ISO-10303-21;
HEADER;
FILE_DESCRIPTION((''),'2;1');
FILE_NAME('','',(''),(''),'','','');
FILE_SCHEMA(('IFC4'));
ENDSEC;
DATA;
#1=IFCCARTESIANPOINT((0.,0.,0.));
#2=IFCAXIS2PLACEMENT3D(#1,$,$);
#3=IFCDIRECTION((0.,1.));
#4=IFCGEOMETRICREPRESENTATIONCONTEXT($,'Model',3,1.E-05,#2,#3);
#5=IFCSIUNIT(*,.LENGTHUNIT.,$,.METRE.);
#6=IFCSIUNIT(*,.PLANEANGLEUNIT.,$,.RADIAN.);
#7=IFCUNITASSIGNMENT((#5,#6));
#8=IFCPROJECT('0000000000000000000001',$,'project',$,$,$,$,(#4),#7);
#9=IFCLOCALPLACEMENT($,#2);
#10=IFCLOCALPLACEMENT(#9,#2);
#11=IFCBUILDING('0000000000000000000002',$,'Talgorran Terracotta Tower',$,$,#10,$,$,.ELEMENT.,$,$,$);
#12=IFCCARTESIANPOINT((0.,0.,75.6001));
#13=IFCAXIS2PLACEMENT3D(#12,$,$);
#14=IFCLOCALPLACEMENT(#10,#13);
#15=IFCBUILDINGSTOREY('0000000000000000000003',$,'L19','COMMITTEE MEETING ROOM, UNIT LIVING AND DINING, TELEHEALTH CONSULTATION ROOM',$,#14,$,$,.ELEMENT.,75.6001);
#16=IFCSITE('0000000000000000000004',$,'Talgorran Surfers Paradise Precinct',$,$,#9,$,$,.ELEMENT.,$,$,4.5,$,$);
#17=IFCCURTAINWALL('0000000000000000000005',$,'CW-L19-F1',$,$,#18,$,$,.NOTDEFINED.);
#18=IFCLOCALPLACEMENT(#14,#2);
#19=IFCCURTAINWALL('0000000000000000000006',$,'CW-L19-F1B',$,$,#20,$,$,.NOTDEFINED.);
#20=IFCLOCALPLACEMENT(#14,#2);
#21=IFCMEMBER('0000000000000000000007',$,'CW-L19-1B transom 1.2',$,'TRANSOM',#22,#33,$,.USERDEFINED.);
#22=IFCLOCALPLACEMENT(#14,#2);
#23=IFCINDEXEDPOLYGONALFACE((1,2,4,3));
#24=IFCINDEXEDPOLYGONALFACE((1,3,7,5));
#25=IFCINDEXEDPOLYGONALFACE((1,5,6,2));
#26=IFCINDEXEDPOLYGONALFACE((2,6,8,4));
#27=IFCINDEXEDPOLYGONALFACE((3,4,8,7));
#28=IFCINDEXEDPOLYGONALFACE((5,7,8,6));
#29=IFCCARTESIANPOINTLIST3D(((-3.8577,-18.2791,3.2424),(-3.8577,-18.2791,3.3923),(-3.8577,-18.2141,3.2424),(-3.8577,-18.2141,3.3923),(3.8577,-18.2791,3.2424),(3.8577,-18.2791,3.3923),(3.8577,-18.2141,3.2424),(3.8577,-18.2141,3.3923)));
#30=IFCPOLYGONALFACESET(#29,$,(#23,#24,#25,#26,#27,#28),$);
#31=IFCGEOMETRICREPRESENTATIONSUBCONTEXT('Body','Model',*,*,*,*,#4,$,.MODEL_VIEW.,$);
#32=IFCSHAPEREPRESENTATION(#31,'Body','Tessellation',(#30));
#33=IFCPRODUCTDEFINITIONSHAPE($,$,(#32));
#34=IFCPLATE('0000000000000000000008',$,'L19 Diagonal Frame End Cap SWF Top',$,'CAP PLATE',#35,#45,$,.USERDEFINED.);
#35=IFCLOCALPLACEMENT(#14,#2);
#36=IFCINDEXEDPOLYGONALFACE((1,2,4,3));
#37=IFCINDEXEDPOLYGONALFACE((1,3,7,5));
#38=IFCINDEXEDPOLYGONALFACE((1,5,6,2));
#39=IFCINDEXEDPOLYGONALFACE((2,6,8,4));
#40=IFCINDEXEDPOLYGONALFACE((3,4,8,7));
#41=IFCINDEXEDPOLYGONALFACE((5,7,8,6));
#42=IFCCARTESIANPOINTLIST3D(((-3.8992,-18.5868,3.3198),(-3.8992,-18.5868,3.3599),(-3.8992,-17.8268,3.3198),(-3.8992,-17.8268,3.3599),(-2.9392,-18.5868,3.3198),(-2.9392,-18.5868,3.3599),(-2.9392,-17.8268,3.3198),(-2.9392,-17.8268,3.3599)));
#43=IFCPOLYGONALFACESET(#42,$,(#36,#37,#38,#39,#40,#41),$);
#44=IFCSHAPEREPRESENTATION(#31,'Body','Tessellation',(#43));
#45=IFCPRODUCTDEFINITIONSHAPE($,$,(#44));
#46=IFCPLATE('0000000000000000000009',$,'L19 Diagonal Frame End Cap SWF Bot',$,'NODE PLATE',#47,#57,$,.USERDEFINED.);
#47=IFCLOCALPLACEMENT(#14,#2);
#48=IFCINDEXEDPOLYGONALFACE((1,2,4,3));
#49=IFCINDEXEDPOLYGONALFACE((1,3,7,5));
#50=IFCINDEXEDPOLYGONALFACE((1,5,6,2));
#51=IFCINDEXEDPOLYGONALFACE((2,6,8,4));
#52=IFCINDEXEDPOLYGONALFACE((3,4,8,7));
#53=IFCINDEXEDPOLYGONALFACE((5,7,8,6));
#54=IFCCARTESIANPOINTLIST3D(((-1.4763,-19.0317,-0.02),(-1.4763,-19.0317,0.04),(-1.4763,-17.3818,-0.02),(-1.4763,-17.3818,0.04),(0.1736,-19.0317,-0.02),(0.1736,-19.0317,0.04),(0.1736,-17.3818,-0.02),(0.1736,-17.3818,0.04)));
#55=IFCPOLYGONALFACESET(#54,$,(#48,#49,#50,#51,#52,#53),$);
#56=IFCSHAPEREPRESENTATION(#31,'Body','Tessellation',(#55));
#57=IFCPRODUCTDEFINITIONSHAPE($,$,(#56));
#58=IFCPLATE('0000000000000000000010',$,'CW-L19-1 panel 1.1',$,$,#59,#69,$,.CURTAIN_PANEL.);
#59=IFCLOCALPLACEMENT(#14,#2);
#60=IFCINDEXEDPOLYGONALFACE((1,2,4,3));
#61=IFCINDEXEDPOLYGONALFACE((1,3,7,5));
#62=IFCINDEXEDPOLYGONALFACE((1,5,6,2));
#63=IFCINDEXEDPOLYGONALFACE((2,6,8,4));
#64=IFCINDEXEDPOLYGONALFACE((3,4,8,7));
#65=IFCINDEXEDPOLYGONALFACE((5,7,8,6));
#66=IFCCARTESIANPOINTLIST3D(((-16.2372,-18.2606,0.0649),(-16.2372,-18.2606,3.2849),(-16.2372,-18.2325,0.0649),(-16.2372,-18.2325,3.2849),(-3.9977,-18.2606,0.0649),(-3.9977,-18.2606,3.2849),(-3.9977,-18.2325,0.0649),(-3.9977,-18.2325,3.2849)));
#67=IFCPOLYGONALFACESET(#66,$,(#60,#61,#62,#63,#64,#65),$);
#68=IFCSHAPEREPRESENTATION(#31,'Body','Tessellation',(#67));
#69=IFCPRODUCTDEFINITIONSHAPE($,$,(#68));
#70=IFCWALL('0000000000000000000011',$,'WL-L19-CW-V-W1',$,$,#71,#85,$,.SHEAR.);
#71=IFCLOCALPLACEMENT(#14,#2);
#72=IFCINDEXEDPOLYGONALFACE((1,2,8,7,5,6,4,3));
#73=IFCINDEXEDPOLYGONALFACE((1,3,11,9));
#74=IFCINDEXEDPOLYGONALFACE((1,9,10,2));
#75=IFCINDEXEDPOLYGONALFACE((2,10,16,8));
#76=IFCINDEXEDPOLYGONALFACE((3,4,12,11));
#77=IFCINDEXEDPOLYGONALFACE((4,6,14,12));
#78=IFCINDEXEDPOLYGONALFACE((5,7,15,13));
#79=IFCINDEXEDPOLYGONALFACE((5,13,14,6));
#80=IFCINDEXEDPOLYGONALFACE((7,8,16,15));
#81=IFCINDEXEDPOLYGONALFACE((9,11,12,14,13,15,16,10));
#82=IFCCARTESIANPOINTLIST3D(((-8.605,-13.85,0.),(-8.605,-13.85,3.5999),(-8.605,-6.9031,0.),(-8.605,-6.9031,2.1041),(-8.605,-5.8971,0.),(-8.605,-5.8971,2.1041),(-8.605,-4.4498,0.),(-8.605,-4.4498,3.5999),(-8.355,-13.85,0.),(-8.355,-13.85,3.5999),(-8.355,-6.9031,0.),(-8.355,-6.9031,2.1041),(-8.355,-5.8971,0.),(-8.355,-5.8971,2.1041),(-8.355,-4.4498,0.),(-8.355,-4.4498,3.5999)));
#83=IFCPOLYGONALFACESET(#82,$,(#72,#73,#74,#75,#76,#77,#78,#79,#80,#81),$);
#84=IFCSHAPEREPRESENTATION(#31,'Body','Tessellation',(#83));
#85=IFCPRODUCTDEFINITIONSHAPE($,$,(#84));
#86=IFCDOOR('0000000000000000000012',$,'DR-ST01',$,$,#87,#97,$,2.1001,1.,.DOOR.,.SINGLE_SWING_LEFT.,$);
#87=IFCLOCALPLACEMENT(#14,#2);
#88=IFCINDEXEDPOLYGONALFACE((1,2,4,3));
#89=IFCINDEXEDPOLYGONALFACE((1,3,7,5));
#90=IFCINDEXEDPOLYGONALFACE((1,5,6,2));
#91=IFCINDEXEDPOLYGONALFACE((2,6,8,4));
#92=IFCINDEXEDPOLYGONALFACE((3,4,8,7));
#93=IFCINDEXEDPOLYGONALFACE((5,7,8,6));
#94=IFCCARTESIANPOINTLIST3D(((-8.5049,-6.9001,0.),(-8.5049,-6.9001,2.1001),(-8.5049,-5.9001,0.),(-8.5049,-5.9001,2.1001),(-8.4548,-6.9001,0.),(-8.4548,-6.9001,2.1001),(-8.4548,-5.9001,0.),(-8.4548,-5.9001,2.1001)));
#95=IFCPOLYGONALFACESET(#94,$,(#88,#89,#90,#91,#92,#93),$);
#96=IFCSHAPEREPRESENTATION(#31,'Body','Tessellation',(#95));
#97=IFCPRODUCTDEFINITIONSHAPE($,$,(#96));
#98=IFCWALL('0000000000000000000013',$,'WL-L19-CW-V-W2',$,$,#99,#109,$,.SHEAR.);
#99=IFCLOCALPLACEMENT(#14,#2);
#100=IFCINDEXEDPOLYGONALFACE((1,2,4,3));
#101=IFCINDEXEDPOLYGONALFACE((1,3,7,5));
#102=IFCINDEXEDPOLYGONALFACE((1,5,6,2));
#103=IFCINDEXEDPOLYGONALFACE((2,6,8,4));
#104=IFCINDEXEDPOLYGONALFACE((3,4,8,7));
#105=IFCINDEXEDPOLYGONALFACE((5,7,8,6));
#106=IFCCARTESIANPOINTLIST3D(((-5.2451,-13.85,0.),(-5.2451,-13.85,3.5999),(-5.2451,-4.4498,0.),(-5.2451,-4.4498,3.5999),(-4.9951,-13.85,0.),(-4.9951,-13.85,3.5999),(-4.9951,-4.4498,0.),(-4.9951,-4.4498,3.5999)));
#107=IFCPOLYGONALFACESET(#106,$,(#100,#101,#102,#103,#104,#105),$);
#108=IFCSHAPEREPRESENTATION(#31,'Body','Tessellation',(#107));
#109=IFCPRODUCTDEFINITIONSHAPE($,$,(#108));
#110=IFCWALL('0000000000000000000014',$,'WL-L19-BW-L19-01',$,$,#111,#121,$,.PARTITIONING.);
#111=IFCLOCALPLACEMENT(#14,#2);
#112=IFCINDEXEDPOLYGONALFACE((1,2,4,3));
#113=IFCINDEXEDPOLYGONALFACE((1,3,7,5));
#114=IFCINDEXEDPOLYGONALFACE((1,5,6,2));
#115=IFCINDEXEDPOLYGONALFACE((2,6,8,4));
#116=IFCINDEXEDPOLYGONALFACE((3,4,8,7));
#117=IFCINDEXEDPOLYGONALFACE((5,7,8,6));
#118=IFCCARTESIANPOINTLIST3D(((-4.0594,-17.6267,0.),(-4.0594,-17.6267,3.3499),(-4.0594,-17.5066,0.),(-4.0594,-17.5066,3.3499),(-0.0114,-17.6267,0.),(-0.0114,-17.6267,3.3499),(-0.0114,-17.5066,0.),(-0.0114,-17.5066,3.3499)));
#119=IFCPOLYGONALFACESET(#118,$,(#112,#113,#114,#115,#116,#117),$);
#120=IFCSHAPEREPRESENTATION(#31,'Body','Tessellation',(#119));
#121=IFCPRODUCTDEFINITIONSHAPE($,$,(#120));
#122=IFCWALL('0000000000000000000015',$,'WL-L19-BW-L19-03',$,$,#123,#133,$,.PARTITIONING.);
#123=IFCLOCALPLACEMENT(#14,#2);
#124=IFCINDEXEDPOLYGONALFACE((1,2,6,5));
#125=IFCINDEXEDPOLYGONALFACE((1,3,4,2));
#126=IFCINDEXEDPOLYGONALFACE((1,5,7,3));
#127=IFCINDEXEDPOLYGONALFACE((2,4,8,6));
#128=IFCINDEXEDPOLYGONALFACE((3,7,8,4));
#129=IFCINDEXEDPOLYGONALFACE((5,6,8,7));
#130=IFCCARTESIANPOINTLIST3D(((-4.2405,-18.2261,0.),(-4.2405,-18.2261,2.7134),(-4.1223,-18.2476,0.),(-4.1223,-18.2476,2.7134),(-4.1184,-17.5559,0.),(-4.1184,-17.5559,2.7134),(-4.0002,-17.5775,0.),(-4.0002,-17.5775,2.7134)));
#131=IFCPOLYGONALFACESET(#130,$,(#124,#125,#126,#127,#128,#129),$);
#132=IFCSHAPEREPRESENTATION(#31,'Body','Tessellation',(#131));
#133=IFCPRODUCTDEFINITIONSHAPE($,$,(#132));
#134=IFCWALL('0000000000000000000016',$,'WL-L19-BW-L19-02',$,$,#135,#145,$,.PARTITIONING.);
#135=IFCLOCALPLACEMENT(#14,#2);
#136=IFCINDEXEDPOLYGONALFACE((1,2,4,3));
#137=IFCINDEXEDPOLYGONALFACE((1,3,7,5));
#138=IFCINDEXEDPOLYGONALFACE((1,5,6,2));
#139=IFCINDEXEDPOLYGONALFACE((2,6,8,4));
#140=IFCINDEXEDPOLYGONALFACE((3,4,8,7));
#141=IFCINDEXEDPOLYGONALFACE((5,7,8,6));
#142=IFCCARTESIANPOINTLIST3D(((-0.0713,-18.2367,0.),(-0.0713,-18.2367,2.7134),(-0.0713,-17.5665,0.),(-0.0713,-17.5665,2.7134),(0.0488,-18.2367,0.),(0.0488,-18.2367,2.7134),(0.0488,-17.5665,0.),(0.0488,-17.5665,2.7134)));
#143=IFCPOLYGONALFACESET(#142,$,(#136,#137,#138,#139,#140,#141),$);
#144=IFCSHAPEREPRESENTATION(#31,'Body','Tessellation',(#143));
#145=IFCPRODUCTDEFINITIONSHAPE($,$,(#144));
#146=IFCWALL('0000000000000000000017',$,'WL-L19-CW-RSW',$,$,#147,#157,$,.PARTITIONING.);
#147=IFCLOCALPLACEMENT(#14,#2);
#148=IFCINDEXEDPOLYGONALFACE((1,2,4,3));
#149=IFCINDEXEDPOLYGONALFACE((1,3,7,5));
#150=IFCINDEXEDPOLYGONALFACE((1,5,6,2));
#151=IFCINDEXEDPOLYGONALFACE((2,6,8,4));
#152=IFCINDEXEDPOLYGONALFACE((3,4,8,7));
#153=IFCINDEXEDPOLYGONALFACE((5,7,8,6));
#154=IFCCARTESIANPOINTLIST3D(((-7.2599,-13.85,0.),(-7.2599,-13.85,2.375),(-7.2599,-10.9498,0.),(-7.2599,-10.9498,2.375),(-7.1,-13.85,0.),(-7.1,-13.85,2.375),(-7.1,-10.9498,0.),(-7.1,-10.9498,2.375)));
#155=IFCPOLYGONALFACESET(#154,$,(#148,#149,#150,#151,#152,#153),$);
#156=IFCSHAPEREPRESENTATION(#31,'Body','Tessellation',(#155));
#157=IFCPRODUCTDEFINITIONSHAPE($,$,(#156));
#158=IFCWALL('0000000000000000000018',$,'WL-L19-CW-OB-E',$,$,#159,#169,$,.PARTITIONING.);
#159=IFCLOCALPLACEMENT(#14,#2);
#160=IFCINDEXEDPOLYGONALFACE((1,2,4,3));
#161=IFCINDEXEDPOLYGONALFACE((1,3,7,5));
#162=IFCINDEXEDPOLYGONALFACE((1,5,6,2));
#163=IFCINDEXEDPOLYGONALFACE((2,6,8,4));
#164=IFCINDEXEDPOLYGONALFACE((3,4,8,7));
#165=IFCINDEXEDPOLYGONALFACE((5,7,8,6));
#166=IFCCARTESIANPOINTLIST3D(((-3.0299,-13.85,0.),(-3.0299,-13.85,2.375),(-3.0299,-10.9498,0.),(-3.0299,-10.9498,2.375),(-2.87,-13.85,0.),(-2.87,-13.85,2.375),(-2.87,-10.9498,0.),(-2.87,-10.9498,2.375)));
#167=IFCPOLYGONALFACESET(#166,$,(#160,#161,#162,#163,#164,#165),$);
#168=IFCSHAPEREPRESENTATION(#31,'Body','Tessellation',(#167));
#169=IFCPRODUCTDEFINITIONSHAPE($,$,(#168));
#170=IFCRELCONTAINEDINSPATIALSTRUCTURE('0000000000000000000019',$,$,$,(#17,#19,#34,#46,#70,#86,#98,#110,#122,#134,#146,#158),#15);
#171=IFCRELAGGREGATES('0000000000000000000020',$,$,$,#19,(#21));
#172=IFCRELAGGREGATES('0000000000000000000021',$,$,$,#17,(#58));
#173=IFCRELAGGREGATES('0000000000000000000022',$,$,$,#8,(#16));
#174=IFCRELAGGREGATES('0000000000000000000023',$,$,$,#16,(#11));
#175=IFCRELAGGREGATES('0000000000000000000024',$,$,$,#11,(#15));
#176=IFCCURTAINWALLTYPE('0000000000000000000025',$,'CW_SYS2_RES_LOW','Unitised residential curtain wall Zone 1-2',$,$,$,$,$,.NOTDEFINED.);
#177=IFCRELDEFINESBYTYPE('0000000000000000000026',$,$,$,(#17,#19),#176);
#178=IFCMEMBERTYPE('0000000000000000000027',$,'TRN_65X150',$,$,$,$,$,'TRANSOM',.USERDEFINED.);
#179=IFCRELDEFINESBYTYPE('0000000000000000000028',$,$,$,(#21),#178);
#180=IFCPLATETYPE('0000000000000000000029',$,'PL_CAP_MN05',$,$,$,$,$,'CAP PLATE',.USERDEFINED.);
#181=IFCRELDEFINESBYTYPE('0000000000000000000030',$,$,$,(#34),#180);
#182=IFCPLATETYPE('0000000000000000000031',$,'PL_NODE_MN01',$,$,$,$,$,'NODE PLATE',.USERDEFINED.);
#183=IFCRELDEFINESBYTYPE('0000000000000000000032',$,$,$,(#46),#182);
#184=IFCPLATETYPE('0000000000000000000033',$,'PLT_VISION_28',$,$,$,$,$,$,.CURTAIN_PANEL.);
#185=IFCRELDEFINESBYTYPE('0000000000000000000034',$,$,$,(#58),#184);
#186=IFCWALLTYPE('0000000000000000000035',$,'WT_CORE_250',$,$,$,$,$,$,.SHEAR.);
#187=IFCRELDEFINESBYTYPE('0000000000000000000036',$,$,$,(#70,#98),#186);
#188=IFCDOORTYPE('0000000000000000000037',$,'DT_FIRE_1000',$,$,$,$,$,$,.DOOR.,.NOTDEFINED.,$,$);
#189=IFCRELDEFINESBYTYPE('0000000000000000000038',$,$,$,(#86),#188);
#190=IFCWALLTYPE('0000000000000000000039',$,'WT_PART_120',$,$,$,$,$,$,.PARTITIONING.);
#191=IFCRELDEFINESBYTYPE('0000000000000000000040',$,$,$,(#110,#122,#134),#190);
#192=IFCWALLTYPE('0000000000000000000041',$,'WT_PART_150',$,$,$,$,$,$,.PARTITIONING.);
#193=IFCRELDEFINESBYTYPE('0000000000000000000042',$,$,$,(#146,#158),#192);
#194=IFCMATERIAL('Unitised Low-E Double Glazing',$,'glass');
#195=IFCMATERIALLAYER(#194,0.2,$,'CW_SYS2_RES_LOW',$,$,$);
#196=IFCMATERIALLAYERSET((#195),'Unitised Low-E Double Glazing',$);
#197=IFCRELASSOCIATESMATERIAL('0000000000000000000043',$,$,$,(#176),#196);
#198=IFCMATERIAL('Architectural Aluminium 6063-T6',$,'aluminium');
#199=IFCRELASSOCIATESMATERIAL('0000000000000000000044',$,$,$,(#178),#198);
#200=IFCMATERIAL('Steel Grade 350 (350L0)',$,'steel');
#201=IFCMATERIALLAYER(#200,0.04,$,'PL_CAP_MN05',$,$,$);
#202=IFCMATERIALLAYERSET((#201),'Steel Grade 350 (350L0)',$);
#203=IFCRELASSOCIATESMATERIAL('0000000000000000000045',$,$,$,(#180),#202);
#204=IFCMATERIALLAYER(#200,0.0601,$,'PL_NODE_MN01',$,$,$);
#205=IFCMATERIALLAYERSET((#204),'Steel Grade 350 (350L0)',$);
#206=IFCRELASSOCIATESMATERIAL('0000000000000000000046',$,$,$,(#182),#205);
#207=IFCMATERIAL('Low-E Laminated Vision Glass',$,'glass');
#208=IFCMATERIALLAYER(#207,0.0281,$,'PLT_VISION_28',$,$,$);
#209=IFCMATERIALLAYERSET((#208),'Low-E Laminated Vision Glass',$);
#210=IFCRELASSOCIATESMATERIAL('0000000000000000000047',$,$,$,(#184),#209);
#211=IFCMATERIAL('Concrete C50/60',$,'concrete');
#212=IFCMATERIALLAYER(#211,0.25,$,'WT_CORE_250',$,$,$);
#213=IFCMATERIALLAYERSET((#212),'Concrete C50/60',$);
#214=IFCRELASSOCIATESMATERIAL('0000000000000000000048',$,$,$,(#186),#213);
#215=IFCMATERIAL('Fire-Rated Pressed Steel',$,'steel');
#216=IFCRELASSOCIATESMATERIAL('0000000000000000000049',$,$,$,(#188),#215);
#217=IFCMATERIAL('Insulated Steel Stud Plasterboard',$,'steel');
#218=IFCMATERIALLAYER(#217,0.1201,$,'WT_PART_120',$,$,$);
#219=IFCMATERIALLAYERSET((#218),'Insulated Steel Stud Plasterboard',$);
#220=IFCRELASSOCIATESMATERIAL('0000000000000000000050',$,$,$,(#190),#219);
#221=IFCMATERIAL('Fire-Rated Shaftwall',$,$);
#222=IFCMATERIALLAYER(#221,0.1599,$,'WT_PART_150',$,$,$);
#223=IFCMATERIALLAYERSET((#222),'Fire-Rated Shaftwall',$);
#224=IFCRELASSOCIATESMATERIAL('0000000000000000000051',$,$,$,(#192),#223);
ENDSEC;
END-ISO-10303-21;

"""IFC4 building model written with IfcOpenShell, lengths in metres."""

from ifc_helpers import new_model, si_unit, direction, frame, frame_2d, origin, origin_2d, place, context, subcontext, project, spatial, rectangle, extrude, source, transform, mapped, material, layer, layer_set, material_profile, profile_set, type_object, type_shapes, element, fill, aggregate, save


model = new_model("IFC4")

# Units and contexts
model_context = context("Model", 3, precision=1e-05, world=origin(), true_north=direction((0.0, 1.0)))
body_context = subcontext(model_context, "Body", "Model", "MODEL_VIEW")
ifc_project = project(units=[si_unit("LENGTHUNIT", "METRE"), si_unit("PLANEANGLEUNIT", "RADIAN")], contexts=[model_context])

# Site, building, storey
site_placement = place(None, origin())
site = spatial("IfcSite", under=ifc_project, at=site_placement, Name="Talgorran Surfers Paradise Precinct", CompositionType="ELEMENT", RefElevation=4.5)
building_placement = place(site_placement, origin())
building = spatial("IfcBuilding", under=site, at=building_placement, Name="Talgorran Terracotta Tower", CompositionType="ELEMENT")
storey_placement = place(building_placement, frame((0.0, 0.0, 75.6001)))
storey = spatial("IfcBuildingStorey", under=building, at=storey_placement, Name="L19", Description="COMMITTEE MEETING ROOM, UNIT LIVING AND DINING, TELEHEALTH CONSULTATION ROOM", CompositionType="ELEMENT", Elevation=75.6001)

# Shared definitions
ifc_material_1 = material(Name="Steel Grade 350 (350L0)", Category="steel")

# Curtain wall
ifc_material_2 = material(Name="Unitised Low-E Double Glazing", Category="glass")
ifc_layer_1 = layer(ifc_material_2, 0.2, Name="CW_SYS2_RES_LOW")
ifc_layer_set_1 = layer_set([ifc_layer_1], Name="Unitised Low-E Double Glazing")
curtain_wall_type = type_object("IfcCurtainWallType", Name="CW_SYS2_RES_LOW", Description="Unitised residential curtain wall Zone 1-2", PredefinedType="NOTDEFINED", material=ifc_layer_set_1)
curtain_wall_1_placement = place(storey_placement, origin())
curtain_wall_1 = element("IfcCurtainWall", 1, at=curtain_wall_1_placement, inside=storey, type_object=curtain_wall_type, Name="CW-L19-F1", PredefinedType="NOTDEFINED")
ifc_material_3 = material(Name="Architectural Aluminium 6063-T6", Category="aluminium")

# Curtain wall, member
curtain_wall_2_placement = place(storey_placement, origin())
curtain_wall_2 = element("IfcCurtainWall", 2, at=curtain_wall_2_placement, inside=storey, type_object=curtain_wall_type, Name="CW-L19-F1B", PredefinedType="NOTDEFINED")
ifc_material_profile_1 = material_profile(ifc_material_3, rectangle(XDim=0.0649, YDim=0.1499, at=origin_2d()), Name="CWT65X150")
ifc_profile_set_1 = profile_set([ifc_material_profile_1], Name="Architectural Aluminium 6063-T6")
member_type_1 = type_object("IfcMemberType", Name="TRN_65X150", ElementType="TRANSOM", PredefinedType="USERDEFINED", material=ifc_profile_set_1)
member_1_placement = place(storey_placement, frame((-3.8577, -18.2466, 3.3174), z_axis=(1.0, 0.0, 0.0), x_axis=(0.0, 1.0, 0.0)))
member_1 = element("IfcMember", 3, at=member_1_placement, type_object=member_type_1, Name="CW-L19-1B transom 1.2", ObjectType="TRANSOM", PredefinedType="USERDEFINED", context=body_context, shape_type="SweptSolid", body=[
    extrude(rectangle(XDim=0.0649, YDim=0.1499, at=origin_2d()), origin(), (0.0, 0.0, 1.0), 7.7153),
])
aggregate(curtain_wall_2, [member_1])

# Plates
ifc_layer_2 = layer(ifc_material_1, 0.04, Name="PL_CAP_MN05")
ifc_layer_set_2 = layer_set([ifc_layer_2], Name="Steel Grade 350 (350L0)")
plate_type_1 = type_object("IfcPlateType", Name="PL_CAP_MN05", ElementType="CAP PLATE", PredefinedType="USERDEFINED", material=ifc_layer_set_2)
plate_1_placement = place(storey_placement, frame((-3.4192, -18.2068, 3.3198), z_axis=(0.0, 0.0, 1.0), x_axis=(-1.0, 0.0, 0.0)))
element("IfcPlate", 4, at=plate_1_placement, inside=storey, type_object=plate_type_1, Name="L19 Diagonal Frame End Cap SWF Top", ObjectType="CAP PLATE", PredefinedType="USERDEFINED", context=body_context, shape_type="SweptSolid", body=[
    extrude(rectangle(XDim=0.96, YDim=0.76, at=origin_2d()), origin(), (0.0, 0.0, 1.0), 0.04),
])
ifc_layer_3 = layer(ifc_material_1, 0.0601, Name="PL_NODE_MN01")
ifc_layer_set_3 = layer_set([ifc_layer_3], Name="Steel Grade 350 (350L0)")
plate_type_2 = type_object("IfcPlateType", Name="PL_NODE_MN01", ElementType="NODE PLATE", PredefinedType="USERDEFINED", material=ifc_layer_set_3)
plate_2_placement = place(storey_placement, frame((-0.6514, -18.2068, -0.02), z_axis=(0.0, 0.0, 1.0), x_axis=(-1.0, 0.0, 0.0)))
element("IfcPlate", 5, at=plate_2_placement, inside=storey, type_object=plate_type_2, Name="L19 Diagonal Frame End Cap SWF Bot", ObjectType="NODE PLATE", PredefinedType="USERDEFINED", context=body_context, shape_type="SweptSolid", body=[
    extrude(rectangle(XDim=1.6499, YDim=1.6499, at=origin_2d()), origin(), (0.0, 0.0, 1.0), 0.0601),
])

# Plate
ifc_material_4 = material(Name="Low-E Laminated Vision Glass", Category="glass")
ifc_layer_4 = layer(ifc_material_4, 0.0281, Name="PLT_VISION_28")
ifc_layer_set_4 = layer_set([ifc_layer_4], Name="Low-E Laminated Vision Glass")
plate_type_3 = type_object("IfcPlateType", Name="PLT_VISION_28", PredefinedType="CURTAIN_PANEL", material=ifc_layer_set_4)
shared_shape = source(origin(), body_context, "Body", "SweptSolid", [
    extrude(rectangle(XDim=12.2395, YDim=0.0281, at=origin_2d()), origin(), (0.0, 0.0, 1.0), 3.22),
])
type_shapes(plate_type_3, [shared_shape])
plate_3_placement = place(storey_placement, frame((-10.1174, -18.2466, 0.0649), z_axis=(0.0, 0.0, 1.0), x_axis=(1.0, 0.0, 0.0)))
plate_3 = element("IfcPlate", 6, at=plate_3_placement, type_object=plate_type_3, Name="CW-L19-1 panel 1.1", PredefinedType="CURTAIN_PANEL", context=body_context, shape_type="MappedRepresentation", body=[
    mapped(shared_shape, transform((0.0, 0.0, 0.0), scale=1.0)),
])
aggregate(curtain_wall_1, [plate_3])

# Wall, opening, door
ifc_material_5 = material(Name="Concrete C50/60", Category="concrete")
ifc_layer_5 = layer(ifc_material_5, 0.25, Name="WT_CORE_250")
ifc_layer_set_5 = layer_set([ifc_layer_5], Name="Concrete C50/60")
wall_type_1 = type_object("IfcWallType", Name="WT_CORE_250", PredefinedType="SHEAR", material=ifc_layer_set_5)
wall_1_placement = place(storey_placement, frame((-8.48, -13.8501, 0.0), z_axis=(0.0, 0.0, 1.0), x_axis=(0.0, 1.0, 0.0)))
wall_1 = element("IfcWall", 7, at=wall_1_placement, inside=storey, type_object=wall_type_1, Name="WL-L19-CW-V-W1", PredefinedType="SHEAR", context=body_context, shape_type="SweptSolid", body=[
    extrude(rectangle(XDim=9.4001, YDim=0.25, at=frame_2d((4.7002, 0.0))), origin(), (0.0, 0.0, 1.0), 3.5999),
])
opening_placement = place(wall_1_placement, frame((6.95, 0.0, 0.0)))
opening = element("IfcOpeningElement", 8, at=opening_placement, cuts=wall_1, PredefinedType="OPENING", context=body_context, shape_type="SweptSolid", body=[
    extrude(rectangle(XDim=1.006, YDim=2.1041, at=frame_2d((0.5, 1.052))), frame((0.0, 0.135, 0.0), z_axis=(0.0, -1.0, 0.0), x_axis=(1.0, 0.0, 0.0)), (0.0, 0.0, 1.0), 0.27),
])
ifc_material_6 = material(Name="Fire-Rated Pressed Steel", Category="steel")
door_type = type_object("IfcDoorType", Name="DT_FIRE_1000", OperationType="NOTDEFINED", PredefinedType="DOOR", material=ifc_material_6)
door_placement = place(opening_placement, origin())
door = element("IfcDoor", 9, at=door_placement, inside=storey, type_object=door_type, Name="DR-ST01", OperationType="SINGLE_SWING_LEFT", OverallHeight=2.1001, OverallWidth=1.0, PredefinedType="DOOR", context=body_context, shape_type="SweptSolid", body=[
    extrude(rectangle(XDim=1.0, YDim=2.1001, at=frame_2d((0.5, 1.05))), frame((0.0, 0.0249, 0.0), z_axis=(0.0, -1.0, 0.0), x_axis=(1.0, 0.0, 0.0)), (0.0, 0.0, 1.0), 0.05),
])
fill(opening, door)

# Walls
wall_2_placement = place(storey_placement, frame((-5.1201, -13.8501, 0.0), z_axis=(0.0, 0.0, 1.0), x_axis=(0.0, 1.0, 0.0)))
element("IfcWall", 10, at=wall_2_placement, inside=storey, type_object=wall_type_1, Name="WL-L19-CW-V-W2", PredefinedType="SHEAR", context=body_context, shape_type="SweptSolid", body=[
    extrude(rectangle(XDim=9.4001, YDim=0.25, at=frame_2d((4.7002, 0.0))), origin(), (0.0, 0.0, 1.0), 3.5999),
])
ifc_material_7 = material(Name="Insulated Steel Stud Plasterboard", Category="steel")
ifc_layer_6 = layer(ifc_material_7, 0.1201, Name="WT_PART_120")
ifc_layer_set_6 = layer_set([ifc_layer_6], Name="Insulated Steel Stud Plasterboard")
wall_type_2 = type_object("IfcWallType", Name="WT_PART_120", PredefinedType="PARTITIONING", material=ifc_layer_set_6)
wall_3_placement = place(storey_placement, frame((-4.0593, -17.5667, 0.0), z_axis=(0.0, 0.0, 1.0), x_axis=(1.0, 0.0, 0.0)))
element("IfcWall", 11, at=wall_3_placement, inside=storey, type_object=wall_type_2, Name="WL-L19-BW-L19-01", PredefinedType="PARTITIONING", context=body_context, shape_type="SweptSolid", body=[
    extrude(rectangle(XDim=4.0481, YDim=0.1201, at=frame_2d((2.0239, 0.0))), origin(), (0.0, 0.0, 1.0), 3.3499),
])
wall_4_placement = place(storey_placement, frame((-4.1814, -18.2368, 0.0), z_axis=(0.0, 0.0, 1.0), x_axis=(0.179201, 0.983813, 0.0)))
element("IfcWall", 12, at=wall_4_placement, inside=storey, type_object=wall_type_2, Name="WL-L19-BW-L19-03", PredefinedType="PARTITIONING", context=body_context, shape_type="SweptSolid", body=[
    extrude(rectangle(XDim=0.6812, YDim=0.1201, at=frame_2d((0.3406, 0.0))), origin(), (0.0, 0.0, 1.0), 2.7134),
])
wall_5_placement = place(storey_placement, frame((-0.0112, -17.5667, 0.0), z_axis=(0.0, 0.0, 1.0), x_axis=(0.0, -1.0, 0.0)))
element("IfcWall", 13, at=wall_5_placement, inside=storey, type_object=wall_type_2, Name="WL-L19-BW-L19-02", PredefinedType="PARTITIONING", context=body_context, shape_type="SweptSolid", body=[
    extrude(rectangle(XDim=0.6702, YDim=0.1201, at=frame_2d((0.335, 0.0))), origin(), (0.0, 0.0, 1.0), 2.7134),
])
ifc_material_8 = material(Name="Fire-Rated Shaftwall")
ifc_layer_7 = layer(ifc_material_8, 0.1599, Name="WT_PART_150")
ifc_layer_set_7 = layer_set([ifc_layer_7], Name="Fire-Rated Shaftwall")
wall_type_3 = type_object("IfcWallType", Name="WT_PART_150", PredefinedType="PARTITIONING", material=ifc_layer_set_7)
for number, where, z_axis, x_axis, name in (
    (14, (-7.1799, -13.8501, 0.0), (0.0, 0.0, 1.0), (0.0, 1.0, 0.0), "WL-L19-CW-RSW"),
    (15, (-2.95, -13.8501, 0.0), (0.0, 0.0, 1.0), (0.0, 1.0, 0.0), "WL-L19-CW-OB-E"),
):
    element("IfcWall", number, at=place(storey_placement, frame(where, z_axis=z_axis, x_axis=x_axis)), inside=storey, type_object=wall_type_3, Name=name, PredefinedType="PARTITIONING", context=body_context, shape_type="SweptSolid", body=[
        extrude(rectangle(XDim=2.9001, YDim=0.1599, at=frame_2d((1.4502, 0.0))), origin(), (0.0, 0.0, 1.0), 2.375),
    ])

save(model, "model.ifc")
